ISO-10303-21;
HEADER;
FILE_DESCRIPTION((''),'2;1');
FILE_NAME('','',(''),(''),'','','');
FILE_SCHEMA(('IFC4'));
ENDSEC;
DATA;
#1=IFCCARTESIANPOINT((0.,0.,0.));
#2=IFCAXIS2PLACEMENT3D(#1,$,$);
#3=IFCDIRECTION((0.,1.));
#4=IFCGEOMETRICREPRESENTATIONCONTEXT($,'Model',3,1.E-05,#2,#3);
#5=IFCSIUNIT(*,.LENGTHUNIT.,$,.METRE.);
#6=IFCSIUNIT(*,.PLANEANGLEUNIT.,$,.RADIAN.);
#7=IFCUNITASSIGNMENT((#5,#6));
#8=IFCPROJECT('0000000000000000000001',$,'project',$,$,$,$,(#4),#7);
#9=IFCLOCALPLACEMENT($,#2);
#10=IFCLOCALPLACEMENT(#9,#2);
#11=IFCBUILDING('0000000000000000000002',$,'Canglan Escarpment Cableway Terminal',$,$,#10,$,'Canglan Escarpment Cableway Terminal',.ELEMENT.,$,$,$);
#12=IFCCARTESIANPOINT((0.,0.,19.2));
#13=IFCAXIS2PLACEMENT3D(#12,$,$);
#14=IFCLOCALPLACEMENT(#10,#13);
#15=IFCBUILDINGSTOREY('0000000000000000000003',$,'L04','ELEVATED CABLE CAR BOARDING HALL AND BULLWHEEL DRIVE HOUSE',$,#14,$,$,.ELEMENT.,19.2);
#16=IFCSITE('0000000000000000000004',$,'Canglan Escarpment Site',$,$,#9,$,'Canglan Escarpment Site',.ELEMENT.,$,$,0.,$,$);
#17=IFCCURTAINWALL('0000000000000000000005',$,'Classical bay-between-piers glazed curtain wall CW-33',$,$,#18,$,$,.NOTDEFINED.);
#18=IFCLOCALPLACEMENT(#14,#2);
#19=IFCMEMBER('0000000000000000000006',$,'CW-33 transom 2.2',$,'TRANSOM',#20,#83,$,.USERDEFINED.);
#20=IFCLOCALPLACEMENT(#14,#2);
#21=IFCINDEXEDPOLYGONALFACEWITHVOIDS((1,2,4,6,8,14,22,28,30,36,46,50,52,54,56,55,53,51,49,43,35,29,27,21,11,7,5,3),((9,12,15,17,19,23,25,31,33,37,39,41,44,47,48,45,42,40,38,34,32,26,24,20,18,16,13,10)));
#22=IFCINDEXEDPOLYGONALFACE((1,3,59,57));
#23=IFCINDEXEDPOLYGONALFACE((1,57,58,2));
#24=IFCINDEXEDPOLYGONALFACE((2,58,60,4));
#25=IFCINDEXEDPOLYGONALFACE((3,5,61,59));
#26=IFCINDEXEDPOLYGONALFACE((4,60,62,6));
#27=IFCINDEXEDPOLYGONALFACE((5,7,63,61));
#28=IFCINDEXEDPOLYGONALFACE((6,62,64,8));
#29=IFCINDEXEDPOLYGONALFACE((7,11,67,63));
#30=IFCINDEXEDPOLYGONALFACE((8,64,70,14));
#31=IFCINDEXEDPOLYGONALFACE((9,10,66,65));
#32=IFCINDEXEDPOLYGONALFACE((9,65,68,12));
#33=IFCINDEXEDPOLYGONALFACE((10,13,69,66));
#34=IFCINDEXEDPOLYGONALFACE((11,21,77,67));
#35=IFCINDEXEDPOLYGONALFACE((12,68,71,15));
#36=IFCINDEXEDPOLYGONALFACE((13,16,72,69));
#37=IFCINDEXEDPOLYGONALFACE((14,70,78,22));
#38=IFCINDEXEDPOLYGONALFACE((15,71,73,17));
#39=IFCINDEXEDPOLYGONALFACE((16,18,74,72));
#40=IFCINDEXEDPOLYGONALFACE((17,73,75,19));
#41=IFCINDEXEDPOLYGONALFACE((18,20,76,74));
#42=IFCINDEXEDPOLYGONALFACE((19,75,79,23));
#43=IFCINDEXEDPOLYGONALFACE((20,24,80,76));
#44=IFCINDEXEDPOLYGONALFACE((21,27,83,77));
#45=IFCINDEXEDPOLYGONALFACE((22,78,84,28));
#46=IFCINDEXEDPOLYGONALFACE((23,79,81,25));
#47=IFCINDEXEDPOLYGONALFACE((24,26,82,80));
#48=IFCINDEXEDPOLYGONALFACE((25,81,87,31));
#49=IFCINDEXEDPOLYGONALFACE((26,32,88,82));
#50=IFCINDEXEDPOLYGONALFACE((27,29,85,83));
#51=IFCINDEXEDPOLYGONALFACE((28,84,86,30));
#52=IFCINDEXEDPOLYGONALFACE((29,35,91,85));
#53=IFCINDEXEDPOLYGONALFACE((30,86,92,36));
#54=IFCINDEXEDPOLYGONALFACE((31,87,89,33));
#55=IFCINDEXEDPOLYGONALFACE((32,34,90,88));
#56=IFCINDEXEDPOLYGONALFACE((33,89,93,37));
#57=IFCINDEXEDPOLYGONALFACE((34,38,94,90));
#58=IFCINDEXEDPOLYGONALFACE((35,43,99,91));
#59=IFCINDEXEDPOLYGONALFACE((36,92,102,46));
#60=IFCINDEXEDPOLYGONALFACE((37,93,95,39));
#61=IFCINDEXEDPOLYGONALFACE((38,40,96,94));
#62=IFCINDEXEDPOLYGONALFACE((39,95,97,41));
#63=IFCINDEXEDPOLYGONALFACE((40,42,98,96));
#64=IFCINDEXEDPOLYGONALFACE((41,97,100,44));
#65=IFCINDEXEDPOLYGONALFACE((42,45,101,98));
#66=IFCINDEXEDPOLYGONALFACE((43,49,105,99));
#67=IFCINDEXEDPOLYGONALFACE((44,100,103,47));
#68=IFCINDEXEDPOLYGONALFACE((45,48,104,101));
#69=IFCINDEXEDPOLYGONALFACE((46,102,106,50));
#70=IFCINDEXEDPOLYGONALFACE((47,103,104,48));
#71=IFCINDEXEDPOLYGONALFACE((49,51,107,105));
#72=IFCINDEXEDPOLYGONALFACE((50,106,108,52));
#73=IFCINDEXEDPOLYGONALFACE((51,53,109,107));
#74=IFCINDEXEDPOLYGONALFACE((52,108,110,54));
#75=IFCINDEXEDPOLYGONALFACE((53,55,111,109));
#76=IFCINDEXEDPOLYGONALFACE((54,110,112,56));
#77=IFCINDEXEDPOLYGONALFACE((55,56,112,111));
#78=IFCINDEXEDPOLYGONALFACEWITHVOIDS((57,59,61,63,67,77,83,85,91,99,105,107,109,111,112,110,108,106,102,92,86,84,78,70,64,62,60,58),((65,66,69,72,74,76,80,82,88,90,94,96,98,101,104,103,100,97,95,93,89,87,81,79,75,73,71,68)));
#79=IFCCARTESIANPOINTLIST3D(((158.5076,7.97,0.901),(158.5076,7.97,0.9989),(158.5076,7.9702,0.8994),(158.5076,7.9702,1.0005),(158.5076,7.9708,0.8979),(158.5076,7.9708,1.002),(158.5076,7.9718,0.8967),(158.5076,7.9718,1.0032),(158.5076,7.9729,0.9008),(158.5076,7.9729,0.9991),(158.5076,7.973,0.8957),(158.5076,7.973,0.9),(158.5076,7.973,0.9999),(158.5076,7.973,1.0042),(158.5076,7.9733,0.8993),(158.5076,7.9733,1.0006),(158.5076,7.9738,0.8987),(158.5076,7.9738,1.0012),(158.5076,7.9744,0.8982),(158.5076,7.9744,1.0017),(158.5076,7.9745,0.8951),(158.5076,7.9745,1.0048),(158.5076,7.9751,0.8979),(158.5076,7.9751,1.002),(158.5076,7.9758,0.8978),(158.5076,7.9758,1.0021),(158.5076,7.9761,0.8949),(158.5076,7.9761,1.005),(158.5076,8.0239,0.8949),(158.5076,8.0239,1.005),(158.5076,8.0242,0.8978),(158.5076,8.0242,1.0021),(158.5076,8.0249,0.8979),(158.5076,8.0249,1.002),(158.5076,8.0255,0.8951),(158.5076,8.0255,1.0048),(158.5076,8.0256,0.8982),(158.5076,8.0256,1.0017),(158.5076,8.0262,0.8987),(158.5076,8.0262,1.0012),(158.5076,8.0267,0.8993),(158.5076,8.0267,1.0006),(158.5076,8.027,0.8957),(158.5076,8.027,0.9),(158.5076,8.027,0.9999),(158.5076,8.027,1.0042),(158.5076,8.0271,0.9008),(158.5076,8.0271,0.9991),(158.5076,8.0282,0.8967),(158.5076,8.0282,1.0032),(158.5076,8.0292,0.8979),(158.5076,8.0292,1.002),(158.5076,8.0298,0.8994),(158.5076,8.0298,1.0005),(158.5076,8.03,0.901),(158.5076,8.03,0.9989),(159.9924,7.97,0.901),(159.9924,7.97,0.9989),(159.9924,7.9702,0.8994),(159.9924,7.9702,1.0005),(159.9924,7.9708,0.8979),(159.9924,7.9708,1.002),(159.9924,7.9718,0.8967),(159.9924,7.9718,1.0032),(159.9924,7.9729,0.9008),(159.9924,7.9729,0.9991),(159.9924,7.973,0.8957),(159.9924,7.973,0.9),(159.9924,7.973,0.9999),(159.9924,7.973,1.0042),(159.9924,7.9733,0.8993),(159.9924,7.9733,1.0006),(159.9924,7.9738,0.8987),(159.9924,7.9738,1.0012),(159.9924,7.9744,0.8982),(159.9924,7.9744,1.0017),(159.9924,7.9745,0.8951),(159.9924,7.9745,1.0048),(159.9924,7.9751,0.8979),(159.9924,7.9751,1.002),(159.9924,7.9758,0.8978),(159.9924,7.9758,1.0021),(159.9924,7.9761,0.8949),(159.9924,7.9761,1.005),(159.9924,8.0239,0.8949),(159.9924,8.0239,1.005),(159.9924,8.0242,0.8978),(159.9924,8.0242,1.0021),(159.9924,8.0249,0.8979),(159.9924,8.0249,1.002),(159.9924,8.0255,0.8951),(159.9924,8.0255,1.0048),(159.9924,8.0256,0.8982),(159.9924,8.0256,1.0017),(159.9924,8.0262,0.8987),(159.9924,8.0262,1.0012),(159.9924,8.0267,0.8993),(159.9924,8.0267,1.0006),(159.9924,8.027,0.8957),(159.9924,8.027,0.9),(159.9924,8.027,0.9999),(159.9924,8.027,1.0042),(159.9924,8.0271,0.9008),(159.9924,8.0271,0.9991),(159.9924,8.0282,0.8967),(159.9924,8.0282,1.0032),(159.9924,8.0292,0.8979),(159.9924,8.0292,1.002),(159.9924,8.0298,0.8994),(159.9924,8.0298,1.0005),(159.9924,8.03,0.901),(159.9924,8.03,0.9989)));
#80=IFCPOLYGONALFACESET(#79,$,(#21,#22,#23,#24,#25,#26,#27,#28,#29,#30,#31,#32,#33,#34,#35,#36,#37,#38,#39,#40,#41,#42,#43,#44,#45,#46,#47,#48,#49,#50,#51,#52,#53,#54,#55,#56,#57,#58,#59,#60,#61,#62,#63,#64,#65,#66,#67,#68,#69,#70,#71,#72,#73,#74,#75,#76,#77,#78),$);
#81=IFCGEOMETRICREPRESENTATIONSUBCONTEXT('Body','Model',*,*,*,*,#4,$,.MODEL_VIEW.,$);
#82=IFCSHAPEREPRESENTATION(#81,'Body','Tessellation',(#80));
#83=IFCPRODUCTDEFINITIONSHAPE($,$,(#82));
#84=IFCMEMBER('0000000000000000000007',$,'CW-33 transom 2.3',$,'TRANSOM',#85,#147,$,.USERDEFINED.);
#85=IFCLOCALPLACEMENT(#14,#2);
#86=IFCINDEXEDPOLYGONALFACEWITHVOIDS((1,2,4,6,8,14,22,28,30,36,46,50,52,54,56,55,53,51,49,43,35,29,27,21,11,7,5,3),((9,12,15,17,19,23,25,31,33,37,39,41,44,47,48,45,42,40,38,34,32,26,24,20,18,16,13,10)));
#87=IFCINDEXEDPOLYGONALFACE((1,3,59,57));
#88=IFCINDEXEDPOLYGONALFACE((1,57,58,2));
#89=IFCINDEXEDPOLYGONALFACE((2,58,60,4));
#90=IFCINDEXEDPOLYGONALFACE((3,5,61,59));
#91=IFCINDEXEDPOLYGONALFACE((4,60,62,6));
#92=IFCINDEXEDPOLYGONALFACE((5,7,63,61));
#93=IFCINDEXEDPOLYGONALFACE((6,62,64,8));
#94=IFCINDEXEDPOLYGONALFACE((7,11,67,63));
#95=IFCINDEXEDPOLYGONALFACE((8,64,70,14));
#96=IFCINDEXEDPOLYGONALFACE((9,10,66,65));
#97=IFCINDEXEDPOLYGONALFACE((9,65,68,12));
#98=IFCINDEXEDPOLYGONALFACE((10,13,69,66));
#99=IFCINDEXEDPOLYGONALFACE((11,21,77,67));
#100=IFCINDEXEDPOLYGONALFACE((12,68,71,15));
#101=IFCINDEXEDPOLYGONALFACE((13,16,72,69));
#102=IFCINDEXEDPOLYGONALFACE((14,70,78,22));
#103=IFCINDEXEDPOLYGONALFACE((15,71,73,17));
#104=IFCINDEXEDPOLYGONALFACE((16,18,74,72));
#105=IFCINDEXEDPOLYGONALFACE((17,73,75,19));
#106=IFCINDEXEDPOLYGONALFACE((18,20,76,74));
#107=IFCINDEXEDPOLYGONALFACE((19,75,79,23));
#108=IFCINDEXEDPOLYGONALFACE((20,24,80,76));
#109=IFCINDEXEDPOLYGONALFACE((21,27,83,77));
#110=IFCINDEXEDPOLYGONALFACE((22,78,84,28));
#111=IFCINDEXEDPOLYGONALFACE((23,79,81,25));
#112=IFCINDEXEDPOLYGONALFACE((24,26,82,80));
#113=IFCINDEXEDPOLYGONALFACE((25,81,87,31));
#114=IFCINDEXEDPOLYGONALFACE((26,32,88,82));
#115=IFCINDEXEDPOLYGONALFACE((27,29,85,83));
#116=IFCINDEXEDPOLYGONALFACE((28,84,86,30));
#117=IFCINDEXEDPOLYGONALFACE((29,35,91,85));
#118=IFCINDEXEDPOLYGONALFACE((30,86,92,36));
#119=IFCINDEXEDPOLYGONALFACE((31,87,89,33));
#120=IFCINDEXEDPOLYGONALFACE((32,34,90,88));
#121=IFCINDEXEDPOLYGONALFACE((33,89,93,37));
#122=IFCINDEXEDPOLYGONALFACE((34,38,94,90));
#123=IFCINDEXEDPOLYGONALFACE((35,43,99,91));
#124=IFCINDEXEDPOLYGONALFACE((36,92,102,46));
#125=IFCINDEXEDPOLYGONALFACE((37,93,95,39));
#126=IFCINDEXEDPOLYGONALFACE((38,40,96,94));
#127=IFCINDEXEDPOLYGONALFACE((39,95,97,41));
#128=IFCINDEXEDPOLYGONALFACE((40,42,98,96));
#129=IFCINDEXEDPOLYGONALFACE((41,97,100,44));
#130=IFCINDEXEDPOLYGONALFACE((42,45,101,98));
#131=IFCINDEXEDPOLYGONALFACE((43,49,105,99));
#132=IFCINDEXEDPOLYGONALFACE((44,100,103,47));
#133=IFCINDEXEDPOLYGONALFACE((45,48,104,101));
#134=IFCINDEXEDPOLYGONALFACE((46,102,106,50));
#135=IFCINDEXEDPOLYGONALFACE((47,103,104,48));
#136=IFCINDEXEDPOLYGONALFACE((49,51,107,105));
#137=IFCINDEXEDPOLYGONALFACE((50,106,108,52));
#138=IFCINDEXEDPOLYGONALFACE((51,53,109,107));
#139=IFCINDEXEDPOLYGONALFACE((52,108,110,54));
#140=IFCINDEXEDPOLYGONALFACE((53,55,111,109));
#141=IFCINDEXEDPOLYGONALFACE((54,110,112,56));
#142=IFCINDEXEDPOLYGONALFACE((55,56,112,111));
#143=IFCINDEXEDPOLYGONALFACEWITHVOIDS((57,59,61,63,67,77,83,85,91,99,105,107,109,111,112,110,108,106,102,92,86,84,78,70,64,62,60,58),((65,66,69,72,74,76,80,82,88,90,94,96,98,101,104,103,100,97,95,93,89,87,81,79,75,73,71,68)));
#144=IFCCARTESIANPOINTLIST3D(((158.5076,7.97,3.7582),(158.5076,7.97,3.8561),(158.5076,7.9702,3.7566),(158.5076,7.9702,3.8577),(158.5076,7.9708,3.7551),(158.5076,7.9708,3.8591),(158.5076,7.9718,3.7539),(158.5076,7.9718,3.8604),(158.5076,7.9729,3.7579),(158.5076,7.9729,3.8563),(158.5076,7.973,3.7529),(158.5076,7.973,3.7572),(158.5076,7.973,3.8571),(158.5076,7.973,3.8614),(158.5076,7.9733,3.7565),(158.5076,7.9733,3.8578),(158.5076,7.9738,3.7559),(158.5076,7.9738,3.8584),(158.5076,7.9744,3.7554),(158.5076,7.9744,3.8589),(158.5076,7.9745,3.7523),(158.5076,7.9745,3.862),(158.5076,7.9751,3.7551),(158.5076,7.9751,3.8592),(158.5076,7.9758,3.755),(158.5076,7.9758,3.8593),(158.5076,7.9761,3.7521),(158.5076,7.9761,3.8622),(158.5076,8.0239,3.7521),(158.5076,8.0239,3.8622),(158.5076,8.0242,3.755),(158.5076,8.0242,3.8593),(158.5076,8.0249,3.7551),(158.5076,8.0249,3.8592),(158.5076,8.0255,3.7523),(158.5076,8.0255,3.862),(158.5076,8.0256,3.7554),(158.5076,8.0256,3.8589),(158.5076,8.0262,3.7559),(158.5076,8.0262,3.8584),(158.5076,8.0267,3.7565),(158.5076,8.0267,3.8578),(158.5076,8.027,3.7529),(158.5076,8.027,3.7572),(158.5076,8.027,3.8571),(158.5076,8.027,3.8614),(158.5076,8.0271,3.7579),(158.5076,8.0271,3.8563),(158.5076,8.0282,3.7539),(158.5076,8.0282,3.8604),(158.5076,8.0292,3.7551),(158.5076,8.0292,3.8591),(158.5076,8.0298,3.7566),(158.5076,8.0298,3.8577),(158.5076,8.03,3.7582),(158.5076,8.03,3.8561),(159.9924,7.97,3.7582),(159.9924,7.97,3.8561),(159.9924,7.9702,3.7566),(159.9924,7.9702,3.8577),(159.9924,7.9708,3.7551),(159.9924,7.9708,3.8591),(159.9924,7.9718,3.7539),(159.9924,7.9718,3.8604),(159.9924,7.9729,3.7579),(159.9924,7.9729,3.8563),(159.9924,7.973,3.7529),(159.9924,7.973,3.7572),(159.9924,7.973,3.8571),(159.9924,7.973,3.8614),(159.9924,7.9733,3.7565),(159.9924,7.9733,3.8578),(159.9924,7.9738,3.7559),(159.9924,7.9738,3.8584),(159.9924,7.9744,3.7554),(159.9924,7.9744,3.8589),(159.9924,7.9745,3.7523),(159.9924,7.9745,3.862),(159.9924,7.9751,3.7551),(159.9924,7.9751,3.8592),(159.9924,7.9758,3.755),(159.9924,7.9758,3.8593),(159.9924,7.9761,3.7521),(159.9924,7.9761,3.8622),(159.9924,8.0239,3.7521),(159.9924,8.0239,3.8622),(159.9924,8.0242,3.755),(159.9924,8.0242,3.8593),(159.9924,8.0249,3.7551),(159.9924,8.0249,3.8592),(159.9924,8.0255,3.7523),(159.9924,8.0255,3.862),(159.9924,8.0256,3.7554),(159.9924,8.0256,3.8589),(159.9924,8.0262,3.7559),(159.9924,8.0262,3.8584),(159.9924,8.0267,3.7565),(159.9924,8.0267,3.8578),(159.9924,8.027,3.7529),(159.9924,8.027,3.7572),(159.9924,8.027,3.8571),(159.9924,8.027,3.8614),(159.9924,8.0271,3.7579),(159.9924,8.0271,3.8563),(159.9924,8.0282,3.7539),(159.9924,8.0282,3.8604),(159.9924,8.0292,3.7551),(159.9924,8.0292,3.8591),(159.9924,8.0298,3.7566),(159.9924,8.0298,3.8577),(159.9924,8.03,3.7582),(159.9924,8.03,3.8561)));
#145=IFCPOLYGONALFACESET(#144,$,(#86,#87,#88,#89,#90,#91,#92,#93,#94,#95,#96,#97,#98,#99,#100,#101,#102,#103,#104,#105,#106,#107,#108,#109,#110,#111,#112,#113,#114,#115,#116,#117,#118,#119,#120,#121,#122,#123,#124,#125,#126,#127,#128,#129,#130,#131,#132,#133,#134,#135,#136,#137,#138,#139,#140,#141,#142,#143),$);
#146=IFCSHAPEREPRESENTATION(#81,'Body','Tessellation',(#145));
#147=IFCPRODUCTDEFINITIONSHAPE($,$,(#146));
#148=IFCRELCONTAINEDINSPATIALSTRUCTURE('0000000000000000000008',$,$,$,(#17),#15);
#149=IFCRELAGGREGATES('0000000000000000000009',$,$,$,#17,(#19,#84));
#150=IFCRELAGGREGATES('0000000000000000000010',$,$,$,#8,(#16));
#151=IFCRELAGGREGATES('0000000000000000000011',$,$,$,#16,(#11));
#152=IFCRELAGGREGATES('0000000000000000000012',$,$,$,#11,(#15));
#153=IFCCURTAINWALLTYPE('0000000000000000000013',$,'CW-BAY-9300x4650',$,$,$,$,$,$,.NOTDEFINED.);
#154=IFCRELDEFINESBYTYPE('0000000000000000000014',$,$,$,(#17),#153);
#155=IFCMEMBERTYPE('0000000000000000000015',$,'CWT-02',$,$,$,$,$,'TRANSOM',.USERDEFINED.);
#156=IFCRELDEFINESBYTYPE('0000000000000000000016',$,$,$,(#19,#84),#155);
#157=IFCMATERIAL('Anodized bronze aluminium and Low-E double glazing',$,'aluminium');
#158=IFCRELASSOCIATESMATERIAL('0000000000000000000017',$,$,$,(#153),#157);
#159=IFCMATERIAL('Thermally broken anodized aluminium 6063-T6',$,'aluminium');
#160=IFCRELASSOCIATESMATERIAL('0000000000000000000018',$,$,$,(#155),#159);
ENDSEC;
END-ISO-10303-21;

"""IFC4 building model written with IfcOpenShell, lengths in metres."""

from ifc_helpers import new_model, si_unit, direction, frame, origin, origin_2d, place, context, subcontext, project, spatial, hollow_rectangle, extrude, material, material_profile, profile_set, type_object, element, aggregate, save


model = new_model("IFC4")

# Units and contexts
model_context = context("Model", 3, precision=1e-05, world=origin(), true_north=direction((0.0, 1.0)))
body_context = subcontext(model_context, "Body", "Model", "MODEL_VIEW")
ifc_project = project(units=[si_unit("LENGTHUNIT", "METRE"), si_unit("PLANEANGLEUNIT", "RADIAN")], contexts=[model_context])

# Site, building, storey
site_placement = place(None, origin())
site = spatial("IfcSite", under=ifc_project, at=site_placement, Name="Canglan Escarpment Site", LongName="Canglan Escarpment Site", CompositionType="ELEMENT", RefElevation=0.0)
building_placement = place(site_placement, origin())
building = spatial("IfcBuilding", under=site, at=building_placement, Name="Canglan Escarpment Cableway Terminal", LongName="Canglan Escarpment Cableway Terminal", CompositionType="ELEMENT")
storey_placement = place(building_placement, frame((0.0, 0.0, 19.2)))
storey = spatial("IfcBuildingStorey", under=building, at=storey_placement, Name="L04", Description="ELEVATED CABLE CAR BOARDING HALL AND BULLWHEEL DRIVE HOUSE", CompositionType="ELEMENT", Elevation=19.2)

# Curtain wall, members
ifc_material_1 = material(Name="Anodized bronze aluminium and Low-E double glazing", Category="aluminium")
curtain_wall_type = type_object("IfcCurtainWallType", Name="CW-BAY-9300x4650", PredefinedType="NOTDEFINED", material=ifc_material_1)
curtain_wall_placement = place(storey_placement, origin())
curtain_wall = element("IfcCurtainWall", 1, at=curtain_wall_placement, inside=storey, type_object=curtain_wall_type, Name="Classical bay-between-piers glazed curtain wall CW-33", PredefinedType="NOTDEFINED")
ifc_material_2 = material(Name="Thermally broken anodized aluminium 6063-T6", Category="aluminium")
ifc_material_profile_1 = material_profile(ifc_material_2, hollow_rectangle(XDim=0.0601, YDim=0.1101, WallThickness=0.0029, InnerFilletRadius=0.0029, OuterFilletRadius=0.0061, at=origin_2d()), Name="ALU-TRAN 60x110x3")
ifc_profile_set_1 = profile_set([ifc_material_profile_1], Name="Thermally broken anodized aluminium 6063-T6")
member_type = type_object("IfcMemberType", Name="CWT-02", ElementType="TRANSOM", PredefinedType="USERDEFINED", material=ifc_profile_set_1)
member_1_placement = place(storey_placement, frame((158.5076, 8.0, 0.95), z_axis=(1.0, 0.0, 0.0), x_axis=(0.0, 1.0, 0.0)))
member_1 = element("IfcMember", 2, at=member_1_placement, type_object=member_type, Name="CW-33 transom 2.2", ObjectType="TRANSOM", PredefinedType="USERDEFINED", context=body_context, shape_type="SweptSolid", body=[
    extrude(hollow_rectangle(XDim=0.0601, YDim=0.1101, WallThickness=0.0029, InnerFilletRadius=0.0029, OuterFilletRadius=0.0061, at=origin_2d()), origin(), (0.0, 0.0, 1.0), 1.4849),
])
member_2_placement = place(storey_placement, frame((158.5076, 8.0, 3.8071), z_axis=(1.0, 0.0, 0.0), x_axis=(0.0, 1.0, 0.0)))
member_2 = element("IfcMember", 3, at=member_2_placement, type_object=member_type, Name="CW-33 transom 2.3", ObjectType="TRANSOM", PredefinedType="USERDEFINED", context=body_context, shape_type="SweptSolid", body=[
    extrude(hollow_rectangle(XDim=0.0601, YDim=0.1101, WallThickness=0.0029, InnerFilletRadius=0.0029, OuterFilletRadius=0.0061, at=origin_2d()), origin(), (0.0, 0.0, 1.0), 1.4849),
])
aggregate(curtain_wall, [member_1, member_2])

save(model, "model.ifc")
